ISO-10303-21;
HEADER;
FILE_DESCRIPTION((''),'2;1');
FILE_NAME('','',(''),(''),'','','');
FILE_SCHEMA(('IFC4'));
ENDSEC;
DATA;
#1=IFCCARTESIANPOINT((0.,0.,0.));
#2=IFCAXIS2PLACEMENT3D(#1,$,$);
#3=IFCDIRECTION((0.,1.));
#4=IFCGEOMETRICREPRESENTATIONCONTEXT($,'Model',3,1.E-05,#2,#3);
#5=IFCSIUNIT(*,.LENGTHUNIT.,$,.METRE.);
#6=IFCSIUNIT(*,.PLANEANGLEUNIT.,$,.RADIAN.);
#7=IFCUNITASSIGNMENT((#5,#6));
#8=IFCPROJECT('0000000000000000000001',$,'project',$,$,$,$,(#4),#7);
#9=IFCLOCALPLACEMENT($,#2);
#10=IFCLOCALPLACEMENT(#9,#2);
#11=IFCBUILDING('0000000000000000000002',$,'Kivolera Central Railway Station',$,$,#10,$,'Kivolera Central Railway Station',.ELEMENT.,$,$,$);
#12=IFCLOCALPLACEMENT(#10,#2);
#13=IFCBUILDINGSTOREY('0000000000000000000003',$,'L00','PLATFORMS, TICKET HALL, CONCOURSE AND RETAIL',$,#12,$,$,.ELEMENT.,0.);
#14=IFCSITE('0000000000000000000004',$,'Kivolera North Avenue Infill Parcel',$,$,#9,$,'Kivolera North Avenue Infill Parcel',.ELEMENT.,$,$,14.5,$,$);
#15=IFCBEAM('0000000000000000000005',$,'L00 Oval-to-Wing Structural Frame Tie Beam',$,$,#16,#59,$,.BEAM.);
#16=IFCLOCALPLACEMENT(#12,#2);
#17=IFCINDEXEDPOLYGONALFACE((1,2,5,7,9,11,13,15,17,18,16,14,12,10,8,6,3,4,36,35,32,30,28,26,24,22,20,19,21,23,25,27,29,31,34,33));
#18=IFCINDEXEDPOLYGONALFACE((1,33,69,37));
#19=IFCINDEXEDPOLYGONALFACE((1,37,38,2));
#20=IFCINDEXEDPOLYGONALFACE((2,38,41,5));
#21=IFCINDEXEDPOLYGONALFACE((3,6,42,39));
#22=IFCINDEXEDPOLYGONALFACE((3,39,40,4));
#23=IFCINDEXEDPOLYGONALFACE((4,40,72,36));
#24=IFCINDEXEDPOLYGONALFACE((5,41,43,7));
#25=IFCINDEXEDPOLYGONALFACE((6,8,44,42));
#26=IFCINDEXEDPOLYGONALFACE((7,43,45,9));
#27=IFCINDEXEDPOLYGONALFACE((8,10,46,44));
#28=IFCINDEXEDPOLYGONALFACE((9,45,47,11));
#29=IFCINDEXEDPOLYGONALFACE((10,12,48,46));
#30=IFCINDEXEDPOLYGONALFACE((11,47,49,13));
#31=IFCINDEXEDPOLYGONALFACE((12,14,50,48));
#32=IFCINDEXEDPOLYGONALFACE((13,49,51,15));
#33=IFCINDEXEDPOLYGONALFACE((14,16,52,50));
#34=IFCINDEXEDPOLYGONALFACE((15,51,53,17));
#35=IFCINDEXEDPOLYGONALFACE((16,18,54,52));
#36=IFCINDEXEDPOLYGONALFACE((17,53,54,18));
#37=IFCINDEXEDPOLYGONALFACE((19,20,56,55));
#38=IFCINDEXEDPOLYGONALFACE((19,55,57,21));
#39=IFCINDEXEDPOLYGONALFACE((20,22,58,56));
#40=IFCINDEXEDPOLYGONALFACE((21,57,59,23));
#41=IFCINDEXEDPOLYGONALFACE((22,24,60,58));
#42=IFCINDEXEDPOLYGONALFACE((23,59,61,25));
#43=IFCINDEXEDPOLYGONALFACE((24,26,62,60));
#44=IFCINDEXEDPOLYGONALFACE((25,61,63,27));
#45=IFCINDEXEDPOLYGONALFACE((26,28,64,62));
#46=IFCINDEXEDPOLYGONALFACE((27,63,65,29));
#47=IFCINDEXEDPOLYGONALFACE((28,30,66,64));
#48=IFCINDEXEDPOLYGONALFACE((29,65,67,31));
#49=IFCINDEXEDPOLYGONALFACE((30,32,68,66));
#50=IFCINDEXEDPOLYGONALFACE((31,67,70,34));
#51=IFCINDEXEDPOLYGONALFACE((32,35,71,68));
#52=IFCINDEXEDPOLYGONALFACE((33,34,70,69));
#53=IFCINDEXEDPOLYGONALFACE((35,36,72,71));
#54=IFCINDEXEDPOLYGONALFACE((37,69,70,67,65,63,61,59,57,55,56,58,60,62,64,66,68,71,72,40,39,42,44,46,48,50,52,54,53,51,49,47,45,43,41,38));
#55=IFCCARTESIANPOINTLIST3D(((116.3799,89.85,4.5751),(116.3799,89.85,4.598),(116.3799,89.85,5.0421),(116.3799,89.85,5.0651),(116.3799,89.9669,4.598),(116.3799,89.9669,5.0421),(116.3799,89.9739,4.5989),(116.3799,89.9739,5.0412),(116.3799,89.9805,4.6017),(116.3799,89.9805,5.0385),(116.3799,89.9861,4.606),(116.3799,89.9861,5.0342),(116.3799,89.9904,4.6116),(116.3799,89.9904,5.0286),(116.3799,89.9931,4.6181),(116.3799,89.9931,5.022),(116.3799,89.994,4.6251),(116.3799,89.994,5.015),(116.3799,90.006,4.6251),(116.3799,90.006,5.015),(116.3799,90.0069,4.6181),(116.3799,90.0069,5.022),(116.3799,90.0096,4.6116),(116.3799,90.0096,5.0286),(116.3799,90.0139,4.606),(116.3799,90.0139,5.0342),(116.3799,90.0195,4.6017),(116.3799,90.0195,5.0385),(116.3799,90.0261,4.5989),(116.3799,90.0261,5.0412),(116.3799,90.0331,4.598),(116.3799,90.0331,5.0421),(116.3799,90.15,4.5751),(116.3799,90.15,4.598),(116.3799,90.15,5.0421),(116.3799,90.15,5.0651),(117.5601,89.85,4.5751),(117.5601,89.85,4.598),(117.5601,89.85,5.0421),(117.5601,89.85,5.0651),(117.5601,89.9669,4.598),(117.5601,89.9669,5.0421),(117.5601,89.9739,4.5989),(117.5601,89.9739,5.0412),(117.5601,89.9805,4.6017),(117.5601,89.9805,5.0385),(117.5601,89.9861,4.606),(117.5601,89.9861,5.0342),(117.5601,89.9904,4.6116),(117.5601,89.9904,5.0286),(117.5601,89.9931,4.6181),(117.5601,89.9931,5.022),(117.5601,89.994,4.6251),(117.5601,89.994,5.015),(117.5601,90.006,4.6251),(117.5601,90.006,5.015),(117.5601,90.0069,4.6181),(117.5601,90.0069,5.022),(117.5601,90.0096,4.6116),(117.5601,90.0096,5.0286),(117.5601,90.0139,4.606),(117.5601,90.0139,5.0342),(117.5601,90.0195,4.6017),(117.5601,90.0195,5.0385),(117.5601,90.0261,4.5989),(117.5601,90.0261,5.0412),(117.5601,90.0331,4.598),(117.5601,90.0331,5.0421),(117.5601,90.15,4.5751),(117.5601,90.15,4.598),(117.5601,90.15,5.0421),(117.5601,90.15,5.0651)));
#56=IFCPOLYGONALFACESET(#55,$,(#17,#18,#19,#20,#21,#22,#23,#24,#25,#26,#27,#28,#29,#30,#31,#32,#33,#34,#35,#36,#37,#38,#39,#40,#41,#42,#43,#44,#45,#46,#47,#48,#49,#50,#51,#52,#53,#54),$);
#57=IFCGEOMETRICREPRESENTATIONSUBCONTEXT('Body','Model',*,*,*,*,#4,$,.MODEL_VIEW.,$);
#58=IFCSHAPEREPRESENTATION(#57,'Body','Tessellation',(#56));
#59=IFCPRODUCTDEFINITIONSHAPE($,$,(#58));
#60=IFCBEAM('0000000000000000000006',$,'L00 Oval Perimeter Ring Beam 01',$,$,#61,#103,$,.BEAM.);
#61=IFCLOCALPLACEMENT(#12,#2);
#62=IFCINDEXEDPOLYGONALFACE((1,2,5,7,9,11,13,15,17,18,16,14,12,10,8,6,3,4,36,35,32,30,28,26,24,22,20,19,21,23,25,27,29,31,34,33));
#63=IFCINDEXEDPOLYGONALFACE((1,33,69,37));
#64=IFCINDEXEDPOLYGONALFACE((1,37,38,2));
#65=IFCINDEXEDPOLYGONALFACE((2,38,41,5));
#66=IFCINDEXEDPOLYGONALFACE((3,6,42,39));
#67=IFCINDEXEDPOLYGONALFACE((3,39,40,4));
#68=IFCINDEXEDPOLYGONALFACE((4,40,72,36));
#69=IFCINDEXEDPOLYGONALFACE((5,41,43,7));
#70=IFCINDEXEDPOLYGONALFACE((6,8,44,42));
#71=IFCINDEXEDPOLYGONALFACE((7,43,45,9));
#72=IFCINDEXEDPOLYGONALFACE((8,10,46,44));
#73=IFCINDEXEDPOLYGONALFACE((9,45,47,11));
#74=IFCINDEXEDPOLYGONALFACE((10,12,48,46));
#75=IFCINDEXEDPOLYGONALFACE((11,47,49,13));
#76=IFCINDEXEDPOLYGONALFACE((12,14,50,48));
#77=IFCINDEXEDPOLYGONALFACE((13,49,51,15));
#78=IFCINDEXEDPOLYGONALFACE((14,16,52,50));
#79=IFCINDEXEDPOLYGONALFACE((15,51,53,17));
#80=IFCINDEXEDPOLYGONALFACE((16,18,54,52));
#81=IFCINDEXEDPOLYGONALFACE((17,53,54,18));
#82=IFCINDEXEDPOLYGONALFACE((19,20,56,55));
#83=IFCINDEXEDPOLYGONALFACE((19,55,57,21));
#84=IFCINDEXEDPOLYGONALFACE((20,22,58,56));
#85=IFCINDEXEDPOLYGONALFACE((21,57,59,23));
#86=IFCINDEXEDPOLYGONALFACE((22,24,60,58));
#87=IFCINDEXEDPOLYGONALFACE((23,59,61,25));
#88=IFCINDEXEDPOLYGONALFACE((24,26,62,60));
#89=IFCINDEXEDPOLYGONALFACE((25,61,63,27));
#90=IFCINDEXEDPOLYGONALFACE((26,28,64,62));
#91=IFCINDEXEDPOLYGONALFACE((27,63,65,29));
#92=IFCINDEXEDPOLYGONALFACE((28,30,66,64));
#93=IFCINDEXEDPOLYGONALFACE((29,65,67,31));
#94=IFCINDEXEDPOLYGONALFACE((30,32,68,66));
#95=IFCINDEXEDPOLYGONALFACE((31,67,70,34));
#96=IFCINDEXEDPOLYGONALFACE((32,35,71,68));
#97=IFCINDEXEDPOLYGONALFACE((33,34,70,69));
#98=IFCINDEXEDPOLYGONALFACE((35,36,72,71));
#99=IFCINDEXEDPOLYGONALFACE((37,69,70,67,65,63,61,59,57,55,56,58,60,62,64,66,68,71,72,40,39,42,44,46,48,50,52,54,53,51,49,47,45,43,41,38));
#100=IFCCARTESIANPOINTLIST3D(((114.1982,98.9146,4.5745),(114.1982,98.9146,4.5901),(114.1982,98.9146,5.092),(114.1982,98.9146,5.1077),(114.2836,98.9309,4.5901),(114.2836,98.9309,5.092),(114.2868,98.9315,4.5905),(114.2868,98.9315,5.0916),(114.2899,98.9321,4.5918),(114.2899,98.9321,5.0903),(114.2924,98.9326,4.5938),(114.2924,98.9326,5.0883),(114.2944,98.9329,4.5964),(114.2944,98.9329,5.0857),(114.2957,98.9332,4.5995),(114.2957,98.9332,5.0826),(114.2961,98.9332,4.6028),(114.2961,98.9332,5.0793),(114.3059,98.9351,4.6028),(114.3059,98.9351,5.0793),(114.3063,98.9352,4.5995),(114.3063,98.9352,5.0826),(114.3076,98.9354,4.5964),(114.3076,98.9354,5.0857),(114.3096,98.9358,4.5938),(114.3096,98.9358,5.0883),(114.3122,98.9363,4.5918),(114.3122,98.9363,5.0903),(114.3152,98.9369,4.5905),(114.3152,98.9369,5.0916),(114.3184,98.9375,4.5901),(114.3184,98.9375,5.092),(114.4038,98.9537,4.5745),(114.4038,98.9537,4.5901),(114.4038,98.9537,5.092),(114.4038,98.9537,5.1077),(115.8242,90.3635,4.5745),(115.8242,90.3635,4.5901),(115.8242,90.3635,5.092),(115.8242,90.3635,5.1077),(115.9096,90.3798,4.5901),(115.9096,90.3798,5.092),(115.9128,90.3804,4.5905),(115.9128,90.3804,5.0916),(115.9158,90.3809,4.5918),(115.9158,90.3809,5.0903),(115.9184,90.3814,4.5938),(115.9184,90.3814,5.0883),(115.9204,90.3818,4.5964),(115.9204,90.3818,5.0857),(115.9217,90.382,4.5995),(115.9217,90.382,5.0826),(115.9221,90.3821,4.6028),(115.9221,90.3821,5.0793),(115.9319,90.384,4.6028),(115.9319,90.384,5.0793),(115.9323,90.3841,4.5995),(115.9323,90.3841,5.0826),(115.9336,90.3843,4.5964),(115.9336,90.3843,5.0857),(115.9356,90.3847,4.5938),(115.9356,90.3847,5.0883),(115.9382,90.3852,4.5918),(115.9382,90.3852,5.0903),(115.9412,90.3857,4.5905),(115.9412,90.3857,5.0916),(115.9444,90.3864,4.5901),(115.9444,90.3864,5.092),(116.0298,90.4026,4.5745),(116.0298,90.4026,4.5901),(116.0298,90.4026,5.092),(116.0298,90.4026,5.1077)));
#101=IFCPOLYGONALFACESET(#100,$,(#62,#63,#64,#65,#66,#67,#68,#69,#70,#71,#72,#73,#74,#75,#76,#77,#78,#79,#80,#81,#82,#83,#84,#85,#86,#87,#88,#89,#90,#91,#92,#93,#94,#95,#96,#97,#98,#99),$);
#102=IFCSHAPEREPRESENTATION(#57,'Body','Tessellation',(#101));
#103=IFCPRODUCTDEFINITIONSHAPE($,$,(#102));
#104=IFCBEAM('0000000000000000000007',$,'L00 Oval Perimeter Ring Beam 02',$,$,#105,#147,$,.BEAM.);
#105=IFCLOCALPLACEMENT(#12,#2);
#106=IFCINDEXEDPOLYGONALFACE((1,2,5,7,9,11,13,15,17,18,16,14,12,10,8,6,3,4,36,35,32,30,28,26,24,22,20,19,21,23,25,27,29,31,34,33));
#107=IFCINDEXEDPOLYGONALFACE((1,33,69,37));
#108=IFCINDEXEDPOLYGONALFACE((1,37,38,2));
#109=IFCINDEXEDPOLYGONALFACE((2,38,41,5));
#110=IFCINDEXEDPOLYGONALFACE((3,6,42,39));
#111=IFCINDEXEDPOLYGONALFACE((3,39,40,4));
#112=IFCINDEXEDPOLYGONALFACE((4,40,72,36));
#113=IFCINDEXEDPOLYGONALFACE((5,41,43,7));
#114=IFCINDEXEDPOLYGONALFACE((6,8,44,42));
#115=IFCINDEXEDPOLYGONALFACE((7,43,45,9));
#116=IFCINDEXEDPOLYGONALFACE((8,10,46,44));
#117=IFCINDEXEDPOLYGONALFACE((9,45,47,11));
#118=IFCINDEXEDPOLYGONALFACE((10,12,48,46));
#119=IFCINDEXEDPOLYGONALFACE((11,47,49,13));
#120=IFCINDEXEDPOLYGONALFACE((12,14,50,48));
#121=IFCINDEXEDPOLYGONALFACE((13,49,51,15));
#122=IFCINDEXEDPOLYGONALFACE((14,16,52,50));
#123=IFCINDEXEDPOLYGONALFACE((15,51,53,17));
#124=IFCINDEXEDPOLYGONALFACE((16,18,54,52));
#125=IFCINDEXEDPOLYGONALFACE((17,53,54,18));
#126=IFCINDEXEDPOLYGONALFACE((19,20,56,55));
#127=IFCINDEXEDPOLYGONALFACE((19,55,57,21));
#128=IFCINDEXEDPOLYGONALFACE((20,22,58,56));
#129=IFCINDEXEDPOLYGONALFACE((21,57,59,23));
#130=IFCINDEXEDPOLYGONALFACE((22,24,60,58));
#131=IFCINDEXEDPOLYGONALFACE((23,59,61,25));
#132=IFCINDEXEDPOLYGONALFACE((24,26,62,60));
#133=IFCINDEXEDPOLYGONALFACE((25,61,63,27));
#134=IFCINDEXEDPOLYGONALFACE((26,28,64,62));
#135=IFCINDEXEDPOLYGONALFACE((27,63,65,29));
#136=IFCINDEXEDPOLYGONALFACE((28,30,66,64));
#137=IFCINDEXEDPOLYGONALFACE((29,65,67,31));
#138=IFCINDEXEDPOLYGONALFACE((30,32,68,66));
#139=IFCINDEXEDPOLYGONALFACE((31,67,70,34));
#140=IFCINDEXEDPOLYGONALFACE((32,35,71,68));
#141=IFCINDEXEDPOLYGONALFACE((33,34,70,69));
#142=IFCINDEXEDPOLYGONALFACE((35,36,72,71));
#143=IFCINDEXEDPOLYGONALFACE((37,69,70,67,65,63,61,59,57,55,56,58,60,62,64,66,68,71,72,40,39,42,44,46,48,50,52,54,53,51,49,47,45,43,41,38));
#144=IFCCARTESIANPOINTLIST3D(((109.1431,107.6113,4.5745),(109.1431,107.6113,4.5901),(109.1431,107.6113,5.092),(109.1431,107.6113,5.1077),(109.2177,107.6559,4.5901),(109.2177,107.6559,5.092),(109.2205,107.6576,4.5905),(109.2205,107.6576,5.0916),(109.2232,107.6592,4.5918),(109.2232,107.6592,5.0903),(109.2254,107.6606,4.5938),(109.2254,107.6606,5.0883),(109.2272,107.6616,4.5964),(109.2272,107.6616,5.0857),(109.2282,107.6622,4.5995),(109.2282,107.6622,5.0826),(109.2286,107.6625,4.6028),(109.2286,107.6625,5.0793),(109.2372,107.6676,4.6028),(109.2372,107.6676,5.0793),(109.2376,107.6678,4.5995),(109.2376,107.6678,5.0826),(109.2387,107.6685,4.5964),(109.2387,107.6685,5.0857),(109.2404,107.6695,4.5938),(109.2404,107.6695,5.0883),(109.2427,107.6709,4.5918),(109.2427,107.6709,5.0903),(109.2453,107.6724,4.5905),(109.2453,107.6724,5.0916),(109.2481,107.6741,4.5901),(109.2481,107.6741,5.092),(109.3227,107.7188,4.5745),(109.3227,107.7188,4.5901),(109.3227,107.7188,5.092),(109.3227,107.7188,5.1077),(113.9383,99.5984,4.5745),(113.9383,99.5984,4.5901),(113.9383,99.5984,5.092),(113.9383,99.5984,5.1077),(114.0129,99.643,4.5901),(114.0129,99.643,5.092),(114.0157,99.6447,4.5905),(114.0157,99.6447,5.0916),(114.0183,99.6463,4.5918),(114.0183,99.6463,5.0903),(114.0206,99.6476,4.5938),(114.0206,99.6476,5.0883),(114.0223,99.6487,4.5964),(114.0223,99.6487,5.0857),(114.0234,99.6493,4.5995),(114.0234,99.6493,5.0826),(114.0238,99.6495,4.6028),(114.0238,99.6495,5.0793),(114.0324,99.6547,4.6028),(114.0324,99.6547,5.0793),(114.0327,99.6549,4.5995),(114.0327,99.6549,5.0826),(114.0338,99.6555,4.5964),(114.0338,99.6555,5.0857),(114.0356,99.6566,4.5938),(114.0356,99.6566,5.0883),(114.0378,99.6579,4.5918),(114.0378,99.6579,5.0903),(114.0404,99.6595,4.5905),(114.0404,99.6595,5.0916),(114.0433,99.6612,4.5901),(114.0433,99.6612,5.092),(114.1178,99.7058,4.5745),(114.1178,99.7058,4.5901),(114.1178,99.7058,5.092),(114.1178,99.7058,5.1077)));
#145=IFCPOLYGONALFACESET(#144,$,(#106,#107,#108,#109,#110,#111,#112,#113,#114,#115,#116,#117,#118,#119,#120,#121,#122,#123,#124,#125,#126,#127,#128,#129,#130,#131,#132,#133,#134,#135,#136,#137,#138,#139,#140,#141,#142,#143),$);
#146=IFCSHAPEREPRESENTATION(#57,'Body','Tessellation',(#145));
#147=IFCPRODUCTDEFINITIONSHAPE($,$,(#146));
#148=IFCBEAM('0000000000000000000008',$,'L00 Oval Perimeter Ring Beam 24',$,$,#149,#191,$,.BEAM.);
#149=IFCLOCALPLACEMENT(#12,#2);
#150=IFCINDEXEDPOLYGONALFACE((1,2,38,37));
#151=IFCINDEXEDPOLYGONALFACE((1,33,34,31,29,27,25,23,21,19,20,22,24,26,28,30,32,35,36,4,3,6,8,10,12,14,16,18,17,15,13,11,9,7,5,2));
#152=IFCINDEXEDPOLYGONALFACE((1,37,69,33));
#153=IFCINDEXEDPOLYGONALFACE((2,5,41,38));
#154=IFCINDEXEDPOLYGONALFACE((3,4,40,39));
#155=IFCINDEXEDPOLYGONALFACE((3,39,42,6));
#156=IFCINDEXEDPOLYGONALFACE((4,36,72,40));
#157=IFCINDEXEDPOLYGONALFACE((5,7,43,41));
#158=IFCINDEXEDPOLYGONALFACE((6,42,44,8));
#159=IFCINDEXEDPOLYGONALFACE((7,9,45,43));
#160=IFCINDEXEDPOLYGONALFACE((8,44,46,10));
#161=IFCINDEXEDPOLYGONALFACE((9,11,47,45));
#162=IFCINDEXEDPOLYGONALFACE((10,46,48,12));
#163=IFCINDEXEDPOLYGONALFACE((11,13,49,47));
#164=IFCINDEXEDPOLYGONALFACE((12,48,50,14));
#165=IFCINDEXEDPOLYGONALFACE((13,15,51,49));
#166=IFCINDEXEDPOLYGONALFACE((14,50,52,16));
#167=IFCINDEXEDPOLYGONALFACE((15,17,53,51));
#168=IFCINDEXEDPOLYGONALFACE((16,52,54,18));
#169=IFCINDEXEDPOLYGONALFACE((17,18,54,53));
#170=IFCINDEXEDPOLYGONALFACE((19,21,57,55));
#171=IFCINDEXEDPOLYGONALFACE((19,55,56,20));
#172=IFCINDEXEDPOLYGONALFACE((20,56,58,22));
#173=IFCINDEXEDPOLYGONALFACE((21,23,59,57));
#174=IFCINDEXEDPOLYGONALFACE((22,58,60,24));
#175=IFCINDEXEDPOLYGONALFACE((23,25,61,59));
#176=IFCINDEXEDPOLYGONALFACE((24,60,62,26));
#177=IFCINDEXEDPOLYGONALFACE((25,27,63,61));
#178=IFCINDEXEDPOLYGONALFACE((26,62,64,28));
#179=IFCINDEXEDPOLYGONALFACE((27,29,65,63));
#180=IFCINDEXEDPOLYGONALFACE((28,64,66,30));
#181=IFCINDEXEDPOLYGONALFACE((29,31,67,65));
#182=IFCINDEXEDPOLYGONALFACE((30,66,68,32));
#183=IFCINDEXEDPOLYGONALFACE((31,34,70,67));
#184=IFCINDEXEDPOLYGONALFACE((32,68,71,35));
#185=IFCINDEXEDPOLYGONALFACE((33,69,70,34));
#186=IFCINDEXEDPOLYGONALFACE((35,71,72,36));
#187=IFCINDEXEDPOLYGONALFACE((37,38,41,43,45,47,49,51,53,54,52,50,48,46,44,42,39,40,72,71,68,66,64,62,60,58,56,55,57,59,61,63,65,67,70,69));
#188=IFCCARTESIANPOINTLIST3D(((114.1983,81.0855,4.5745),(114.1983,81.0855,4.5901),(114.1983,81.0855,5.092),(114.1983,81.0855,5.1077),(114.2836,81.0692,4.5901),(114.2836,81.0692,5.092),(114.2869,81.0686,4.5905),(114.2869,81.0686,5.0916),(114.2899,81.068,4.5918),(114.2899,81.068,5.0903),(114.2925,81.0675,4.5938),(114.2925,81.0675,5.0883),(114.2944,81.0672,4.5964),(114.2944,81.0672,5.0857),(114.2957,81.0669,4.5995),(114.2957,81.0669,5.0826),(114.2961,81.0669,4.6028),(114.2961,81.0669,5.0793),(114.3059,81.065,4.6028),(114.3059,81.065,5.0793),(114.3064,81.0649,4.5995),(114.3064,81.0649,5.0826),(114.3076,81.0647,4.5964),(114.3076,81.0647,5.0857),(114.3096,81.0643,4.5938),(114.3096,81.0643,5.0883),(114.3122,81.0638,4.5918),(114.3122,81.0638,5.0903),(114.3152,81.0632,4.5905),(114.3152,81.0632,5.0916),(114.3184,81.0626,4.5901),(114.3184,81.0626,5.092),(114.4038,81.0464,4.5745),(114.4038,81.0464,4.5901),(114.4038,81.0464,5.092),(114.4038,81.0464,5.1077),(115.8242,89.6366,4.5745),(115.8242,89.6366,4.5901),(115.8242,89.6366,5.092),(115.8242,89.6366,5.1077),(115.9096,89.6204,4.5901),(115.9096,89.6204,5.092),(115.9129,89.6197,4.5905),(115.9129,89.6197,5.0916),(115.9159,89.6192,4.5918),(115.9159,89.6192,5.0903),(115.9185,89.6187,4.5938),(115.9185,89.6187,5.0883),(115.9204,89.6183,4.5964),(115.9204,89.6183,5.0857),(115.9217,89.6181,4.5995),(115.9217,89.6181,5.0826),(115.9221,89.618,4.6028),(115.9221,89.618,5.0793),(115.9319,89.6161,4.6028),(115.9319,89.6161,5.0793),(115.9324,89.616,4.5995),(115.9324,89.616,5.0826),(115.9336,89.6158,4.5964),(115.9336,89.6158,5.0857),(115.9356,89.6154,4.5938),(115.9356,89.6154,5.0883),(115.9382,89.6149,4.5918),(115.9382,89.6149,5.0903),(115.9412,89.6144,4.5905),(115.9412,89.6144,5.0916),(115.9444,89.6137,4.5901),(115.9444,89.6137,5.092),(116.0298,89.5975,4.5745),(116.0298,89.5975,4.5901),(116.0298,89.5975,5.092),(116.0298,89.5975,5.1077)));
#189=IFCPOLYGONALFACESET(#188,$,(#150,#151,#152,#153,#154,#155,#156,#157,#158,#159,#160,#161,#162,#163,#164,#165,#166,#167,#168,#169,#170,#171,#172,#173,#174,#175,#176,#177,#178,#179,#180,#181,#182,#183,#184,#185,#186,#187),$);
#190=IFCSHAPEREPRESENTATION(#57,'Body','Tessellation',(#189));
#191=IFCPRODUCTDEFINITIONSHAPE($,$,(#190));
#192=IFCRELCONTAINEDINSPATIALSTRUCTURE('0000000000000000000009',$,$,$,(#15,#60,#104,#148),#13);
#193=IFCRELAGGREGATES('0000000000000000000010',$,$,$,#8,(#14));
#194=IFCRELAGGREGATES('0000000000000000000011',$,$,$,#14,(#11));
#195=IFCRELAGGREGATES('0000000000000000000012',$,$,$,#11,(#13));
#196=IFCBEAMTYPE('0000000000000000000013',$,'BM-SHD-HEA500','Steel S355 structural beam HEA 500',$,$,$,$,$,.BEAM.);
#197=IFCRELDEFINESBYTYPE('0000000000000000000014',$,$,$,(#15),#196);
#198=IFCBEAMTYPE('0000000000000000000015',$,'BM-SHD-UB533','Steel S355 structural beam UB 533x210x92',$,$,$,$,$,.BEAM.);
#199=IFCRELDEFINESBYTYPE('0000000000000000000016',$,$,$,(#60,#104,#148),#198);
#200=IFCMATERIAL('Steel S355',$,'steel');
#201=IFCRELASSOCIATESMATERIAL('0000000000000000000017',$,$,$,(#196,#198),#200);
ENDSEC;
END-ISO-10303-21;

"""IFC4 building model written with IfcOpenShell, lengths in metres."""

from ifc_helpers import new_model, si_unit, direction, frame, origin, origin_2d, place, context, subcontext, project, spatial, i_section, extrude, material, material_profile, profile_set, type_object, element, save


model = new_model("IFC4")

# Units and contexts
model_context = context("Model", 3, precision=1e-05, world=origin(), true_north=direction((0.0, 1.0)))
body_context = subcontext(model_context, "Body", "Model", "MODEL_VIEW")
ifc_project = project(units=[si_unit("LENGTHUNIT", "METRE"), si_unit("PLANEANGLEUNIT", "RADIAN")], contexts=[model_context])

# Site, building, storey
site_placement = place(None, origin())
site = spatial("IfcSite", under=ifc_project, at=site_placement, Name="Kivolera North Avenue Infill Parcel", LongName="Kivolera North Avenue Infill Parcel", CompositionType="ELEMENT", RefElevation=14.5)
building_placement = place(site_placement, origin())
building = spatial("IfcBuilding", under=site, at=building_placement, Name="Kivolera Central Railway Station", LongName="Kivolera Central Railway Station", CompositionType="ELEMENT")
storey_placement = place(building_placement, origin())
storey = spatial("IfcBuildingStorey", under=building, at=storey_placement, Name="L00", Description="PLATFORMS, TICKET HALL, CONCOURSE AND RETAIL", CompositionType="ELEMENT", Elevation=0.0)

# Beams
ifc_material_1 = material(Name="Steel S355", Category="steel")
ifc_material_profile_1 = material_profile(ifc_material_1, i_section(OverallWidth=0.3, OverallDepth=0.49, WebThickness=0.012, FlangeThickness=0.0229, FilletRadius=0.0271, at=origin_2d()), Name="HEA 500")
ifc_profile_set_1 = profile_set([ifc_material_profile_1], Name="Steel S355")
beam_type_1 = type_object("IfcBeamType", Name="BM-SHD-HEA500", Description="Steel S355 structural beam HEA 500", PredefinedType="BEAM", material=ifc_profile_set_1)
beam_1_placement = place(storey_placement, frame((116.3799, 90.0, 4.8201), z_axis=(1.0, 0.0, 0.0), x_axis=(0.0, 1.0, 0.0)))
element("IfcBeam", 1, at=beam_1_placement, inside=storey, type_object=beam_type_1, Name="L00 Oval-to-Wing Structural Frame Tie Beam", PredefinedType="BEAM", context=body_context, shape_type="SweptSolid", body=[
    extrude(i_section(OverallWidth=0.3, OverallDepth=0.49, WebThickness=0.012, FlangeThickness=0.0229, FilletRadius=0.0271, at=origin_2d()), origin(), (0.0, 0.0, 1.0), 1.1802),
])
ifc_material_profile_2 = material_profile(ifc_material_1, i_section(OverallWidth=0.2092, OverallDepth=0.5332, WebThickness=0.01, FlangeThickness=0.0156, FilletRadius=0.0127, at=origin_2d()), Name="UB 533x210x92")
ifc_profile_set_2 = profile_set([ifc_material_profile_2], Name="Steel S355")
beam_type_2 = type_object("IfcBeamType", Name="BM-SHD-UB533", Description="Steel S355 structural beam UB 533x210x92", PredefinedType="BEAM", material=ifc_profile_set_2)
beam_2_placement = place(storey_placement, frame((115.927, 90.3831, 4.8411), z_axis=(-0.186803, 0.982397, 0.0), x_axis=(-0.982397, -0.186803, 0.0)))
element("IfcBeam", 2, at=beam_2_placement, inside=storey, type_object=beam_type_2, Name="L00 Oval Perimeter Ring Beam 01", PredefinedType="BEAM", context=body_context, shape_type="SweptSolid", body=[
    extrude(i_section(OverallWidth=0.2092, OverallDepth=0.5332, WebThickness=0.01, FlangeThickness=0.0156, FilletRadius=0.0127, at=origin_2d()), origin(), (0.0, 0.0, 1.0), 8.7043),
])
beam_3_placement = place(storey_placement, frame((114.0281, 99.6521, 4.8411), z_axis=(-0.513503, 0.858088, 0.0), x_axis=(-0.858088, -0.513503, 0.0)))
element("IfcBeam", 3, at=beam_3_placement, inside=storey, type_object=beam_type_2, Name="L00 Oval Perimeter Ring Beam 02", PredefinedType="BEAM", context=body_context, shape_type="SweptSolid", body=[
    extrude(i_section(OverallWidth=0.2092, OverallDepth=0.5332, WebThickness=0.01, FlangeThickness=0.0156, FilletRadius=0.0127, at=origin_2d()), origin(), (0.0, 0.0, 1.0), 9.3381),
])
beam_4_placement = place(storey_placement, frame((114.301, 81.0659, 4.8411), z_axis=(0.186803, 0.982397, 0.0), x_axis=(-0.982397, 0.186803, 0.0)))
element("IfcBeam", 4, at=beam_4_placement, inside=storey, type_object=beam_type_2, Name="L00 Oval Perimeter Ring Beam 24", PredefinedType="BEAM", context=body_context, shape_type="SweptSolid", body=[
    extrude(i_section(OverallWidth=0.2092, OverallDepth=0.5332, WebThickness=0.01, FlangeThickness=0.0156, FilletRadius=0.0127, at=origin_2d()), origin(), (0.0, 0.0, 1.0), 8.7043),
])

save(model, "model.ifc")
